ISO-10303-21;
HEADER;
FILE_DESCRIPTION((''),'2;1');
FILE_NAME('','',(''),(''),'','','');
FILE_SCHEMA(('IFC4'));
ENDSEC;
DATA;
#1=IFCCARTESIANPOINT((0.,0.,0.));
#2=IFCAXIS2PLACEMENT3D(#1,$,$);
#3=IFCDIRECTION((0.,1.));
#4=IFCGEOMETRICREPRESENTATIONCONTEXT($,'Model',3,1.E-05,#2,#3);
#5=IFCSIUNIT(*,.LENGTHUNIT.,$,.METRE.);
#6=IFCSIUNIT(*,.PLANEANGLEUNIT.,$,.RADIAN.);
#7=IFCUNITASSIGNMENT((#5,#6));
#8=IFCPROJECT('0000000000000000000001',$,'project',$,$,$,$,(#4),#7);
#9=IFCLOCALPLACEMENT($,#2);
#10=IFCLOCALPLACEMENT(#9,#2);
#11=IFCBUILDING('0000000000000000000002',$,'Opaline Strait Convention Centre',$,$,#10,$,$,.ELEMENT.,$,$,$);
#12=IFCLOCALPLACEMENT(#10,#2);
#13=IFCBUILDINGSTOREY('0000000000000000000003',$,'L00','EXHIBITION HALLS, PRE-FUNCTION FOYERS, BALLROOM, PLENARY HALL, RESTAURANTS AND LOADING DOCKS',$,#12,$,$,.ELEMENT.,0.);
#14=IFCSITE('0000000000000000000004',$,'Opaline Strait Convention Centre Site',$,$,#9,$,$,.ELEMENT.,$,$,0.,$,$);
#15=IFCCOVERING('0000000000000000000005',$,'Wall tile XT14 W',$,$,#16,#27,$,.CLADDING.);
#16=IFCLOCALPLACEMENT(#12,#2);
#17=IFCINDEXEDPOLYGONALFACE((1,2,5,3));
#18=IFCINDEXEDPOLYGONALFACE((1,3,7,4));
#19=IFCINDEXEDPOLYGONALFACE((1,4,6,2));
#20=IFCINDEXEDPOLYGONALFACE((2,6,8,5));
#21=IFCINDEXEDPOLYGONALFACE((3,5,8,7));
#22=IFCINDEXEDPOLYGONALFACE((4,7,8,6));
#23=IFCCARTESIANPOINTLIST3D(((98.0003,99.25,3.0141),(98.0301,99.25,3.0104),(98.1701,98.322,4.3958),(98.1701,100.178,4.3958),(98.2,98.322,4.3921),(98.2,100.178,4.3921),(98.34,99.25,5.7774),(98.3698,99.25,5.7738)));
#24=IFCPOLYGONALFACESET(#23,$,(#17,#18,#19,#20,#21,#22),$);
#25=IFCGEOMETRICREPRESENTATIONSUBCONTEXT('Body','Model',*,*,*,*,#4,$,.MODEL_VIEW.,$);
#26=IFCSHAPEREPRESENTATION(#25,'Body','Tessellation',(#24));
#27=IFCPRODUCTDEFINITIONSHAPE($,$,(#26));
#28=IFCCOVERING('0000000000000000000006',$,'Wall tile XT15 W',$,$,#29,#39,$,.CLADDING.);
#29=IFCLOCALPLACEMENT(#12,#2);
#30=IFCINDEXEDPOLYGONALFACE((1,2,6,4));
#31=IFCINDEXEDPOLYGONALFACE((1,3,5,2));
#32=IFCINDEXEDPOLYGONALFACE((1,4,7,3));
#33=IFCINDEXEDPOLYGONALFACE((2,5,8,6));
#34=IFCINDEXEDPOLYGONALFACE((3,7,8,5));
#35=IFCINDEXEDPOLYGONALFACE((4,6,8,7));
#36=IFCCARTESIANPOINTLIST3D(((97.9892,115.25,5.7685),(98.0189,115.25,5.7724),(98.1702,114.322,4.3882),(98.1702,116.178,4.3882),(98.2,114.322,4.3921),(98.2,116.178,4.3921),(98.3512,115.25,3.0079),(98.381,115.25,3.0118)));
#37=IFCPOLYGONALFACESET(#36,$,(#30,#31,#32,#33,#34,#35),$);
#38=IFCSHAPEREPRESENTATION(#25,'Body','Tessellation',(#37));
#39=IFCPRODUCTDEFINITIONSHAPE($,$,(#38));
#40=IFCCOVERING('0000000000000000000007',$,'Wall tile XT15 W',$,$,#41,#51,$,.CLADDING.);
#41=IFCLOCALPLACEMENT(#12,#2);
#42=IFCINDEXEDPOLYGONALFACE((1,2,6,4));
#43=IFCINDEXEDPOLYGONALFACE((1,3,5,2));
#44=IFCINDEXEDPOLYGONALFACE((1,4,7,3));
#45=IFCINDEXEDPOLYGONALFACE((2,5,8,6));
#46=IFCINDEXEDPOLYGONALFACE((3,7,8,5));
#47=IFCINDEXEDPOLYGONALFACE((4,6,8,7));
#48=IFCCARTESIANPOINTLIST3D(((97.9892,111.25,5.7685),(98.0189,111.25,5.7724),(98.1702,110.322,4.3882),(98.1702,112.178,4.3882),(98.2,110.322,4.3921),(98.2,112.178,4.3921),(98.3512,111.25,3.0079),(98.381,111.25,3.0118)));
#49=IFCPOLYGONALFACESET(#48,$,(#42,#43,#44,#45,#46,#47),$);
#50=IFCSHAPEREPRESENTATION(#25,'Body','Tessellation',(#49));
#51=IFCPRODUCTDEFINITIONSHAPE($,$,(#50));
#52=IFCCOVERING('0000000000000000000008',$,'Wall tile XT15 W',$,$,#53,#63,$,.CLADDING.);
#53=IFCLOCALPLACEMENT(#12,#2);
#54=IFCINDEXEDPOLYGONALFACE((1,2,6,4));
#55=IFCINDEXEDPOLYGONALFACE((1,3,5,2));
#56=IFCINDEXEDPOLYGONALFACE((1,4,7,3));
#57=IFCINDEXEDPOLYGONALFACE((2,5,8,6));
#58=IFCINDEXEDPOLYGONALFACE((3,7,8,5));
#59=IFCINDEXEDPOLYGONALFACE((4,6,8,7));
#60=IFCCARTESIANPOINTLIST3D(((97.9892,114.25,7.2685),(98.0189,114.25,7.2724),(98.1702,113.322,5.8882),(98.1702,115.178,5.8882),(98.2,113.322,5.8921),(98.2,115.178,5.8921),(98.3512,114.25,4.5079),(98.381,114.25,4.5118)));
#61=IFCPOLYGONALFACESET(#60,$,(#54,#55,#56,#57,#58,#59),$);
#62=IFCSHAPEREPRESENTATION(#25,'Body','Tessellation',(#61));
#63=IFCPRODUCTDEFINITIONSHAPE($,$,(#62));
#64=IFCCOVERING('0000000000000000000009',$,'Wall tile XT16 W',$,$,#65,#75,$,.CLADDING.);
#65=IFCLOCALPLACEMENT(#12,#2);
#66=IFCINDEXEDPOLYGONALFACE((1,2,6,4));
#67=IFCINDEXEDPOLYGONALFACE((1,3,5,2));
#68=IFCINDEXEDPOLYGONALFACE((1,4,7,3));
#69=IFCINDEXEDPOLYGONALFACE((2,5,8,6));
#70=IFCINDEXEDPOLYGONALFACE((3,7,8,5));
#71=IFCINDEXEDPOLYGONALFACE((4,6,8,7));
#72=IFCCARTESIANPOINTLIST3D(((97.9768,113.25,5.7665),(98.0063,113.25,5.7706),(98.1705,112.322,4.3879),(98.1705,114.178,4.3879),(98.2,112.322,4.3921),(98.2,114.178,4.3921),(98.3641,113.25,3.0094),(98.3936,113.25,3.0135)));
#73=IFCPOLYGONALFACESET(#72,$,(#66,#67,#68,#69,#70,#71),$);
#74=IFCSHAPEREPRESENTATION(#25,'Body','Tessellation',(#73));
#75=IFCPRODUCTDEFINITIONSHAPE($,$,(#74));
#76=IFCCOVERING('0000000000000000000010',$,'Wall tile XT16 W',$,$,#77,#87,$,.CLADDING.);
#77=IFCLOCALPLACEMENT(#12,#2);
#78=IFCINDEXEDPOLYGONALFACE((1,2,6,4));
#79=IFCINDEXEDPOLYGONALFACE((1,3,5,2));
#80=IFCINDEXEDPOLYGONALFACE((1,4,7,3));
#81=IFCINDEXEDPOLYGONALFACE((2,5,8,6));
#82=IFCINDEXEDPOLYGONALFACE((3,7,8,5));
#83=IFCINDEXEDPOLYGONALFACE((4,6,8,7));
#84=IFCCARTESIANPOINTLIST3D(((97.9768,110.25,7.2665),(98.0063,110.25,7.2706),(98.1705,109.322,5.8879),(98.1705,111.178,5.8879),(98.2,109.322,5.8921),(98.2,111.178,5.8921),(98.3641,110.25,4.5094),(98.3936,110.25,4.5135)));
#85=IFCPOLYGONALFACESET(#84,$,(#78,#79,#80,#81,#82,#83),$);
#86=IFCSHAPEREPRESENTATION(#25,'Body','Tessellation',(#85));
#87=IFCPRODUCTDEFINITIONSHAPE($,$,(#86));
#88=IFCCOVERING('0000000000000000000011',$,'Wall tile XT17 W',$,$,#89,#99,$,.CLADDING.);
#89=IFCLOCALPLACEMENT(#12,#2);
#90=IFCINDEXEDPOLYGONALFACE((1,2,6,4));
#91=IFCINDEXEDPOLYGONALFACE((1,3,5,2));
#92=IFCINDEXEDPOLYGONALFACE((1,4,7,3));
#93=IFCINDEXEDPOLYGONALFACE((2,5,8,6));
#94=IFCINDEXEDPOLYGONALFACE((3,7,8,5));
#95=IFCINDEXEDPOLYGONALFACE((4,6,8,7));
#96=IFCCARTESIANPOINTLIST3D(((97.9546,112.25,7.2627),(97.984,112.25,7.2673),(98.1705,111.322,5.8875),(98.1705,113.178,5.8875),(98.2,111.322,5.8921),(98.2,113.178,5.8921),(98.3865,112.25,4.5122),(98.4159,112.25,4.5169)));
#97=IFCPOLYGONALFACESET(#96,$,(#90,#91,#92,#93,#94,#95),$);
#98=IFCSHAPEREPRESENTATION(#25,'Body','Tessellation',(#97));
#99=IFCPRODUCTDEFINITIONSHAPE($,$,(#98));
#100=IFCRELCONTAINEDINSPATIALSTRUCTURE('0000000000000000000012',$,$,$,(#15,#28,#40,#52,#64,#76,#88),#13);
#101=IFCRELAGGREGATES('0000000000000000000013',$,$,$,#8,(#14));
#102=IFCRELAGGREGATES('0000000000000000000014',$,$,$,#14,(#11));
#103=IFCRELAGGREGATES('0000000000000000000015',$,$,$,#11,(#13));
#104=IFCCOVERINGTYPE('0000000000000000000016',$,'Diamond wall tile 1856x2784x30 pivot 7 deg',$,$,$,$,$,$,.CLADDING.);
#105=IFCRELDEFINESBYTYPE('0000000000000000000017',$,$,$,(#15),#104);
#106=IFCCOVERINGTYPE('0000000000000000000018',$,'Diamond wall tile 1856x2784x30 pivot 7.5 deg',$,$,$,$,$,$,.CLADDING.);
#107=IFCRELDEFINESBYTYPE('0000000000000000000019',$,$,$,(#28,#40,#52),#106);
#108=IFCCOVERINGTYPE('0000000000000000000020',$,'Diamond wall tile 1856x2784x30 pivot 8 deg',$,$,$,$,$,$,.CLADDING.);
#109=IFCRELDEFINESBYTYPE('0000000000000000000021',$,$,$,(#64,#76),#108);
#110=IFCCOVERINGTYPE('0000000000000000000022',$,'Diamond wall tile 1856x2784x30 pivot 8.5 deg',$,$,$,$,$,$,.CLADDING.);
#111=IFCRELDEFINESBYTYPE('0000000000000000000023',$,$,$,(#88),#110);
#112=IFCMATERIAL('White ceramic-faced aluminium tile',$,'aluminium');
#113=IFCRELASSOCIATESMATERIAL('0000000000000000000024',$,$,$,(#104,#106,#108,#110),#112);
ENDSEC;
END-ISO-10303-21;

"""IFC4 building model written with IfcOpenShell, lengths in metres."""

from ifc_helpers import new_model, si_unit, direction, frame, origin, place, context, subcontext, project, spatial, polyline, outline, extrude, material, material_profile, profile_set, type_object, element, save


model = new_model("IFC4")

# Units and contexts
model_context = context("Model", 3, precision=1e-05, world=origin(), true_north=direction((0.0, 1.0)))
body_context = subcontext(model_context, "Body", "Model", "MODEL_VIEW")
ifc_project = project(units=[si_unit("LENGTHUNIT", "METRE"), si_unit("PLANEANGLEUNIT", "RADIAN")], contexts=[model_context])

# Site, building, storey
site_placement = place(None, origin())
site = spatial("IfcSite", under=ifc_project, at=site_placement, Name="Opaline Strait Convention Centre Site", CompositionType="ELEMENT", RefElevation=0.0)
building_placement = place(site_placement, origin())
building = spatial("IfcBuilding", under=site, at=building_placement, Name="Opaline Strait Convention Centre", CompositionType="ELEMENT")
storey_placement = place(building_placement, origin())
storey = spatial("IfcBuildingStorey", under=building, at=storey_placement, Name="L00", Description="EXHIBITION HALLS, PRE-FUNCTION FOYERS, BALLROOM, PLENARY HALL, RESTAURANTS AND LOADING DOCKS", CompositionType="ELEMENT", Elevation=0.0)

# Coverings
ifc_material_1 = material(Name="White ceramic-faced aluminium tile", Category="aluminium")
ifc_material_profile_1 = material_profile(ifc_material_1, outline(polyline([(0.928, 0.0), (0.0, 1.3921), (-0.928, 0.0), (0.0, -1.3921), (0.928, 0.0)])), Name="Diamond tile 1856x2784")
ifc_profile_set_1 = profile_set([ifc_material_profile_1], Name="White ceramic-faced aluminium tile")
covering_type_1 = type_object("IfcCoveringType", Name="Diamond wall tile 1856x2784x30 pivot 7 deg", PredefinedType="CLADDING", material=ifc_profile_set_1)
covering_1_placement = place(storey_placement, frame((98.2, 99.25, 4.3921), z_axis=(-0.992526, 0.0, 0.122032), x_axis=(0.0, -1.0, 0.0)))
element("IfcCovering", 1, at=covering_1_placement, inside=storey, type_object=covering_type_1, Name="Wall tile XT14 W", PredefinedType="CLADDING", context=body_context, shape_type="SweptSolid", body=[
    extrude(outline(polyline([(0.928, 0.0), (0.0, 1.3921), (-0.928, 0.0), (0.0, -1.3921), (0.928, 0.0)])), origin(), (0.0, 0.0, 1.0), 0.03),
])
ifc_material_profile_2 = material_profile(ifc_material_1, outline(polyline([(0.928, 0.0), (0.0, 1.3921), (-0.928, 0.0), (0.0, -1.3921), (0.928, 0.0)])), Name="Diamond tile 1856x2784")
ifc_profile_set_2 = profile_set([ifc_material_profile_2], Name="White ceramic-faced aluminium tile")
covering_type_2 = type_object("IfcCoveringType", Name="Diamond wall tile 1856x2784x30 pivot 7.5 deg", PredefinedType="CLADDING", material=ifc_profile_set_2)
for number, where, z_axis, x_axis, name in (
    (2, (98.2, 115.25, 4.3921), (-0.99151, 0.0, -0.130034), (0.0, -1.0, 0.0), "Wall tile XT15 W"),
    (3, (98.2, 111.25, 4.3921), (-0.99151, 0.0, -0.130034), (0.0, -1.0, 0.0), "Wall tile XT15 W"),
    (4, (98.2, 114.25, 5.8921), (-0.99151, 0.0, -0.130034), (0.0, -1.0, 0.0), "Wall tile XT15 W"),
):
    element("IfcCovering", number, at=place(storey_placement, frame(where, z_axis=z_axis, x_axis=x_axis)), inside=storey, type_object=covering_type_2, Name=name, PredefinedType="CLADDING", context=body_context, shape_type="SweptSolid", body=[
        extrude(outline(polyline([(0.928, 0.0), (0.0, 1.3921), (-0.928, 0.0), (0.0, -1.3921), (0.928, 0.0)])), origin(), (0.0, 0.0, 1.0), 0.03),
    ])
ifc_material_profile_3 = material_profile(ifc_material_1, outline(polyline([(0.928, 0.0), (0.0, 1.3921), (-0.928, 0.0), (0.0, -1.3921), (0.928, 0.0)])), Name="Diamond tile 1856x2784")
ifc_profile_set_3 = profile_set([ifc_material_profile_3], Name="White ceramic-faced aluminium tile")
covering_type_3 = type_object("IfcCoveringType", Name="Diamond wall tile 1856x2784x30 pivot 8 deg", PredefinedType="CLADDING", material=ifc_profile_set_3)
for number, where, z_axis, x_axis, name in (
    (5, (98.2, 113.25, 4.3921), (-0.990274, 0.0, -0.139129), (0.0, -1.0, 0.0), "Wall tile XT16 W"),
    (6, (98.2, 110.25, 5.8921), (-0.990274, 0.0, -0.139129), (0.0, -1.0, 0.0), "Wall tile XT16 W"),
):
    element("IfcCovering", number, at=place(storey_placement, frame(where, z_axis=z_axis, x_axis=x_axis)), inside=storey, type_object=covering_type_3, Name=name, PredefinedType="CLADDING", context=body_context, shape_type="SweptSolid", body=[
        extrude(outline(polyline([(0.928, 0.0), (0.0, 1.3921), (-0.928, 0.0), (0.0, -1.3921), (0.928, 0.0)])), origin(), (0.0, 0.0, 1.0), 0.0298),
    ])
ifc_material_profile_4 = material_profile(ifc_material_1, outline(polyline([(0.928, 0.0), (0.0, 1.3921), (-0.928, 0.0), (0.0, -1.3921), (0.928, 0.0)])), Name="Diamond tile 1856x2784")
ifc_profile_set_4 = profile_set([ifc_material_profile_4], Name="White ceramic-faced aluminium tile")
covering_type_4 = type_object("IfcCoveringType", Name="Diamond wall tile 1856x2784x30 pivot 8.5 deg", PredefinedType="CLADDING", material=ifc_profile_set_4)
covering_2_placement = place(storey_placement, frame((98.2, 112.25, 5.8921), z_axis=(-0.987895, 0.0, -0.155124), x_axis=(0.0, -1.0, 0.0)))
element("IfcCovering", 7, at=covering_2_placement, inside=storey, type_object=covering_type_4, Name="Wall tile XT17 W", PredefinedType="CLADDING", context=body_context, shape_type="SweptSolid", body=[
    extrude(outline(polyline([(0.928, 0.0), (0.0, 1.3921), (-0.928, 0.0), (0.0, -1.3921), (0.928, 0.0)])), origin(), (0.0, 0.0, 1.0), 0.0298),
])

save(model, "model.ifc")
